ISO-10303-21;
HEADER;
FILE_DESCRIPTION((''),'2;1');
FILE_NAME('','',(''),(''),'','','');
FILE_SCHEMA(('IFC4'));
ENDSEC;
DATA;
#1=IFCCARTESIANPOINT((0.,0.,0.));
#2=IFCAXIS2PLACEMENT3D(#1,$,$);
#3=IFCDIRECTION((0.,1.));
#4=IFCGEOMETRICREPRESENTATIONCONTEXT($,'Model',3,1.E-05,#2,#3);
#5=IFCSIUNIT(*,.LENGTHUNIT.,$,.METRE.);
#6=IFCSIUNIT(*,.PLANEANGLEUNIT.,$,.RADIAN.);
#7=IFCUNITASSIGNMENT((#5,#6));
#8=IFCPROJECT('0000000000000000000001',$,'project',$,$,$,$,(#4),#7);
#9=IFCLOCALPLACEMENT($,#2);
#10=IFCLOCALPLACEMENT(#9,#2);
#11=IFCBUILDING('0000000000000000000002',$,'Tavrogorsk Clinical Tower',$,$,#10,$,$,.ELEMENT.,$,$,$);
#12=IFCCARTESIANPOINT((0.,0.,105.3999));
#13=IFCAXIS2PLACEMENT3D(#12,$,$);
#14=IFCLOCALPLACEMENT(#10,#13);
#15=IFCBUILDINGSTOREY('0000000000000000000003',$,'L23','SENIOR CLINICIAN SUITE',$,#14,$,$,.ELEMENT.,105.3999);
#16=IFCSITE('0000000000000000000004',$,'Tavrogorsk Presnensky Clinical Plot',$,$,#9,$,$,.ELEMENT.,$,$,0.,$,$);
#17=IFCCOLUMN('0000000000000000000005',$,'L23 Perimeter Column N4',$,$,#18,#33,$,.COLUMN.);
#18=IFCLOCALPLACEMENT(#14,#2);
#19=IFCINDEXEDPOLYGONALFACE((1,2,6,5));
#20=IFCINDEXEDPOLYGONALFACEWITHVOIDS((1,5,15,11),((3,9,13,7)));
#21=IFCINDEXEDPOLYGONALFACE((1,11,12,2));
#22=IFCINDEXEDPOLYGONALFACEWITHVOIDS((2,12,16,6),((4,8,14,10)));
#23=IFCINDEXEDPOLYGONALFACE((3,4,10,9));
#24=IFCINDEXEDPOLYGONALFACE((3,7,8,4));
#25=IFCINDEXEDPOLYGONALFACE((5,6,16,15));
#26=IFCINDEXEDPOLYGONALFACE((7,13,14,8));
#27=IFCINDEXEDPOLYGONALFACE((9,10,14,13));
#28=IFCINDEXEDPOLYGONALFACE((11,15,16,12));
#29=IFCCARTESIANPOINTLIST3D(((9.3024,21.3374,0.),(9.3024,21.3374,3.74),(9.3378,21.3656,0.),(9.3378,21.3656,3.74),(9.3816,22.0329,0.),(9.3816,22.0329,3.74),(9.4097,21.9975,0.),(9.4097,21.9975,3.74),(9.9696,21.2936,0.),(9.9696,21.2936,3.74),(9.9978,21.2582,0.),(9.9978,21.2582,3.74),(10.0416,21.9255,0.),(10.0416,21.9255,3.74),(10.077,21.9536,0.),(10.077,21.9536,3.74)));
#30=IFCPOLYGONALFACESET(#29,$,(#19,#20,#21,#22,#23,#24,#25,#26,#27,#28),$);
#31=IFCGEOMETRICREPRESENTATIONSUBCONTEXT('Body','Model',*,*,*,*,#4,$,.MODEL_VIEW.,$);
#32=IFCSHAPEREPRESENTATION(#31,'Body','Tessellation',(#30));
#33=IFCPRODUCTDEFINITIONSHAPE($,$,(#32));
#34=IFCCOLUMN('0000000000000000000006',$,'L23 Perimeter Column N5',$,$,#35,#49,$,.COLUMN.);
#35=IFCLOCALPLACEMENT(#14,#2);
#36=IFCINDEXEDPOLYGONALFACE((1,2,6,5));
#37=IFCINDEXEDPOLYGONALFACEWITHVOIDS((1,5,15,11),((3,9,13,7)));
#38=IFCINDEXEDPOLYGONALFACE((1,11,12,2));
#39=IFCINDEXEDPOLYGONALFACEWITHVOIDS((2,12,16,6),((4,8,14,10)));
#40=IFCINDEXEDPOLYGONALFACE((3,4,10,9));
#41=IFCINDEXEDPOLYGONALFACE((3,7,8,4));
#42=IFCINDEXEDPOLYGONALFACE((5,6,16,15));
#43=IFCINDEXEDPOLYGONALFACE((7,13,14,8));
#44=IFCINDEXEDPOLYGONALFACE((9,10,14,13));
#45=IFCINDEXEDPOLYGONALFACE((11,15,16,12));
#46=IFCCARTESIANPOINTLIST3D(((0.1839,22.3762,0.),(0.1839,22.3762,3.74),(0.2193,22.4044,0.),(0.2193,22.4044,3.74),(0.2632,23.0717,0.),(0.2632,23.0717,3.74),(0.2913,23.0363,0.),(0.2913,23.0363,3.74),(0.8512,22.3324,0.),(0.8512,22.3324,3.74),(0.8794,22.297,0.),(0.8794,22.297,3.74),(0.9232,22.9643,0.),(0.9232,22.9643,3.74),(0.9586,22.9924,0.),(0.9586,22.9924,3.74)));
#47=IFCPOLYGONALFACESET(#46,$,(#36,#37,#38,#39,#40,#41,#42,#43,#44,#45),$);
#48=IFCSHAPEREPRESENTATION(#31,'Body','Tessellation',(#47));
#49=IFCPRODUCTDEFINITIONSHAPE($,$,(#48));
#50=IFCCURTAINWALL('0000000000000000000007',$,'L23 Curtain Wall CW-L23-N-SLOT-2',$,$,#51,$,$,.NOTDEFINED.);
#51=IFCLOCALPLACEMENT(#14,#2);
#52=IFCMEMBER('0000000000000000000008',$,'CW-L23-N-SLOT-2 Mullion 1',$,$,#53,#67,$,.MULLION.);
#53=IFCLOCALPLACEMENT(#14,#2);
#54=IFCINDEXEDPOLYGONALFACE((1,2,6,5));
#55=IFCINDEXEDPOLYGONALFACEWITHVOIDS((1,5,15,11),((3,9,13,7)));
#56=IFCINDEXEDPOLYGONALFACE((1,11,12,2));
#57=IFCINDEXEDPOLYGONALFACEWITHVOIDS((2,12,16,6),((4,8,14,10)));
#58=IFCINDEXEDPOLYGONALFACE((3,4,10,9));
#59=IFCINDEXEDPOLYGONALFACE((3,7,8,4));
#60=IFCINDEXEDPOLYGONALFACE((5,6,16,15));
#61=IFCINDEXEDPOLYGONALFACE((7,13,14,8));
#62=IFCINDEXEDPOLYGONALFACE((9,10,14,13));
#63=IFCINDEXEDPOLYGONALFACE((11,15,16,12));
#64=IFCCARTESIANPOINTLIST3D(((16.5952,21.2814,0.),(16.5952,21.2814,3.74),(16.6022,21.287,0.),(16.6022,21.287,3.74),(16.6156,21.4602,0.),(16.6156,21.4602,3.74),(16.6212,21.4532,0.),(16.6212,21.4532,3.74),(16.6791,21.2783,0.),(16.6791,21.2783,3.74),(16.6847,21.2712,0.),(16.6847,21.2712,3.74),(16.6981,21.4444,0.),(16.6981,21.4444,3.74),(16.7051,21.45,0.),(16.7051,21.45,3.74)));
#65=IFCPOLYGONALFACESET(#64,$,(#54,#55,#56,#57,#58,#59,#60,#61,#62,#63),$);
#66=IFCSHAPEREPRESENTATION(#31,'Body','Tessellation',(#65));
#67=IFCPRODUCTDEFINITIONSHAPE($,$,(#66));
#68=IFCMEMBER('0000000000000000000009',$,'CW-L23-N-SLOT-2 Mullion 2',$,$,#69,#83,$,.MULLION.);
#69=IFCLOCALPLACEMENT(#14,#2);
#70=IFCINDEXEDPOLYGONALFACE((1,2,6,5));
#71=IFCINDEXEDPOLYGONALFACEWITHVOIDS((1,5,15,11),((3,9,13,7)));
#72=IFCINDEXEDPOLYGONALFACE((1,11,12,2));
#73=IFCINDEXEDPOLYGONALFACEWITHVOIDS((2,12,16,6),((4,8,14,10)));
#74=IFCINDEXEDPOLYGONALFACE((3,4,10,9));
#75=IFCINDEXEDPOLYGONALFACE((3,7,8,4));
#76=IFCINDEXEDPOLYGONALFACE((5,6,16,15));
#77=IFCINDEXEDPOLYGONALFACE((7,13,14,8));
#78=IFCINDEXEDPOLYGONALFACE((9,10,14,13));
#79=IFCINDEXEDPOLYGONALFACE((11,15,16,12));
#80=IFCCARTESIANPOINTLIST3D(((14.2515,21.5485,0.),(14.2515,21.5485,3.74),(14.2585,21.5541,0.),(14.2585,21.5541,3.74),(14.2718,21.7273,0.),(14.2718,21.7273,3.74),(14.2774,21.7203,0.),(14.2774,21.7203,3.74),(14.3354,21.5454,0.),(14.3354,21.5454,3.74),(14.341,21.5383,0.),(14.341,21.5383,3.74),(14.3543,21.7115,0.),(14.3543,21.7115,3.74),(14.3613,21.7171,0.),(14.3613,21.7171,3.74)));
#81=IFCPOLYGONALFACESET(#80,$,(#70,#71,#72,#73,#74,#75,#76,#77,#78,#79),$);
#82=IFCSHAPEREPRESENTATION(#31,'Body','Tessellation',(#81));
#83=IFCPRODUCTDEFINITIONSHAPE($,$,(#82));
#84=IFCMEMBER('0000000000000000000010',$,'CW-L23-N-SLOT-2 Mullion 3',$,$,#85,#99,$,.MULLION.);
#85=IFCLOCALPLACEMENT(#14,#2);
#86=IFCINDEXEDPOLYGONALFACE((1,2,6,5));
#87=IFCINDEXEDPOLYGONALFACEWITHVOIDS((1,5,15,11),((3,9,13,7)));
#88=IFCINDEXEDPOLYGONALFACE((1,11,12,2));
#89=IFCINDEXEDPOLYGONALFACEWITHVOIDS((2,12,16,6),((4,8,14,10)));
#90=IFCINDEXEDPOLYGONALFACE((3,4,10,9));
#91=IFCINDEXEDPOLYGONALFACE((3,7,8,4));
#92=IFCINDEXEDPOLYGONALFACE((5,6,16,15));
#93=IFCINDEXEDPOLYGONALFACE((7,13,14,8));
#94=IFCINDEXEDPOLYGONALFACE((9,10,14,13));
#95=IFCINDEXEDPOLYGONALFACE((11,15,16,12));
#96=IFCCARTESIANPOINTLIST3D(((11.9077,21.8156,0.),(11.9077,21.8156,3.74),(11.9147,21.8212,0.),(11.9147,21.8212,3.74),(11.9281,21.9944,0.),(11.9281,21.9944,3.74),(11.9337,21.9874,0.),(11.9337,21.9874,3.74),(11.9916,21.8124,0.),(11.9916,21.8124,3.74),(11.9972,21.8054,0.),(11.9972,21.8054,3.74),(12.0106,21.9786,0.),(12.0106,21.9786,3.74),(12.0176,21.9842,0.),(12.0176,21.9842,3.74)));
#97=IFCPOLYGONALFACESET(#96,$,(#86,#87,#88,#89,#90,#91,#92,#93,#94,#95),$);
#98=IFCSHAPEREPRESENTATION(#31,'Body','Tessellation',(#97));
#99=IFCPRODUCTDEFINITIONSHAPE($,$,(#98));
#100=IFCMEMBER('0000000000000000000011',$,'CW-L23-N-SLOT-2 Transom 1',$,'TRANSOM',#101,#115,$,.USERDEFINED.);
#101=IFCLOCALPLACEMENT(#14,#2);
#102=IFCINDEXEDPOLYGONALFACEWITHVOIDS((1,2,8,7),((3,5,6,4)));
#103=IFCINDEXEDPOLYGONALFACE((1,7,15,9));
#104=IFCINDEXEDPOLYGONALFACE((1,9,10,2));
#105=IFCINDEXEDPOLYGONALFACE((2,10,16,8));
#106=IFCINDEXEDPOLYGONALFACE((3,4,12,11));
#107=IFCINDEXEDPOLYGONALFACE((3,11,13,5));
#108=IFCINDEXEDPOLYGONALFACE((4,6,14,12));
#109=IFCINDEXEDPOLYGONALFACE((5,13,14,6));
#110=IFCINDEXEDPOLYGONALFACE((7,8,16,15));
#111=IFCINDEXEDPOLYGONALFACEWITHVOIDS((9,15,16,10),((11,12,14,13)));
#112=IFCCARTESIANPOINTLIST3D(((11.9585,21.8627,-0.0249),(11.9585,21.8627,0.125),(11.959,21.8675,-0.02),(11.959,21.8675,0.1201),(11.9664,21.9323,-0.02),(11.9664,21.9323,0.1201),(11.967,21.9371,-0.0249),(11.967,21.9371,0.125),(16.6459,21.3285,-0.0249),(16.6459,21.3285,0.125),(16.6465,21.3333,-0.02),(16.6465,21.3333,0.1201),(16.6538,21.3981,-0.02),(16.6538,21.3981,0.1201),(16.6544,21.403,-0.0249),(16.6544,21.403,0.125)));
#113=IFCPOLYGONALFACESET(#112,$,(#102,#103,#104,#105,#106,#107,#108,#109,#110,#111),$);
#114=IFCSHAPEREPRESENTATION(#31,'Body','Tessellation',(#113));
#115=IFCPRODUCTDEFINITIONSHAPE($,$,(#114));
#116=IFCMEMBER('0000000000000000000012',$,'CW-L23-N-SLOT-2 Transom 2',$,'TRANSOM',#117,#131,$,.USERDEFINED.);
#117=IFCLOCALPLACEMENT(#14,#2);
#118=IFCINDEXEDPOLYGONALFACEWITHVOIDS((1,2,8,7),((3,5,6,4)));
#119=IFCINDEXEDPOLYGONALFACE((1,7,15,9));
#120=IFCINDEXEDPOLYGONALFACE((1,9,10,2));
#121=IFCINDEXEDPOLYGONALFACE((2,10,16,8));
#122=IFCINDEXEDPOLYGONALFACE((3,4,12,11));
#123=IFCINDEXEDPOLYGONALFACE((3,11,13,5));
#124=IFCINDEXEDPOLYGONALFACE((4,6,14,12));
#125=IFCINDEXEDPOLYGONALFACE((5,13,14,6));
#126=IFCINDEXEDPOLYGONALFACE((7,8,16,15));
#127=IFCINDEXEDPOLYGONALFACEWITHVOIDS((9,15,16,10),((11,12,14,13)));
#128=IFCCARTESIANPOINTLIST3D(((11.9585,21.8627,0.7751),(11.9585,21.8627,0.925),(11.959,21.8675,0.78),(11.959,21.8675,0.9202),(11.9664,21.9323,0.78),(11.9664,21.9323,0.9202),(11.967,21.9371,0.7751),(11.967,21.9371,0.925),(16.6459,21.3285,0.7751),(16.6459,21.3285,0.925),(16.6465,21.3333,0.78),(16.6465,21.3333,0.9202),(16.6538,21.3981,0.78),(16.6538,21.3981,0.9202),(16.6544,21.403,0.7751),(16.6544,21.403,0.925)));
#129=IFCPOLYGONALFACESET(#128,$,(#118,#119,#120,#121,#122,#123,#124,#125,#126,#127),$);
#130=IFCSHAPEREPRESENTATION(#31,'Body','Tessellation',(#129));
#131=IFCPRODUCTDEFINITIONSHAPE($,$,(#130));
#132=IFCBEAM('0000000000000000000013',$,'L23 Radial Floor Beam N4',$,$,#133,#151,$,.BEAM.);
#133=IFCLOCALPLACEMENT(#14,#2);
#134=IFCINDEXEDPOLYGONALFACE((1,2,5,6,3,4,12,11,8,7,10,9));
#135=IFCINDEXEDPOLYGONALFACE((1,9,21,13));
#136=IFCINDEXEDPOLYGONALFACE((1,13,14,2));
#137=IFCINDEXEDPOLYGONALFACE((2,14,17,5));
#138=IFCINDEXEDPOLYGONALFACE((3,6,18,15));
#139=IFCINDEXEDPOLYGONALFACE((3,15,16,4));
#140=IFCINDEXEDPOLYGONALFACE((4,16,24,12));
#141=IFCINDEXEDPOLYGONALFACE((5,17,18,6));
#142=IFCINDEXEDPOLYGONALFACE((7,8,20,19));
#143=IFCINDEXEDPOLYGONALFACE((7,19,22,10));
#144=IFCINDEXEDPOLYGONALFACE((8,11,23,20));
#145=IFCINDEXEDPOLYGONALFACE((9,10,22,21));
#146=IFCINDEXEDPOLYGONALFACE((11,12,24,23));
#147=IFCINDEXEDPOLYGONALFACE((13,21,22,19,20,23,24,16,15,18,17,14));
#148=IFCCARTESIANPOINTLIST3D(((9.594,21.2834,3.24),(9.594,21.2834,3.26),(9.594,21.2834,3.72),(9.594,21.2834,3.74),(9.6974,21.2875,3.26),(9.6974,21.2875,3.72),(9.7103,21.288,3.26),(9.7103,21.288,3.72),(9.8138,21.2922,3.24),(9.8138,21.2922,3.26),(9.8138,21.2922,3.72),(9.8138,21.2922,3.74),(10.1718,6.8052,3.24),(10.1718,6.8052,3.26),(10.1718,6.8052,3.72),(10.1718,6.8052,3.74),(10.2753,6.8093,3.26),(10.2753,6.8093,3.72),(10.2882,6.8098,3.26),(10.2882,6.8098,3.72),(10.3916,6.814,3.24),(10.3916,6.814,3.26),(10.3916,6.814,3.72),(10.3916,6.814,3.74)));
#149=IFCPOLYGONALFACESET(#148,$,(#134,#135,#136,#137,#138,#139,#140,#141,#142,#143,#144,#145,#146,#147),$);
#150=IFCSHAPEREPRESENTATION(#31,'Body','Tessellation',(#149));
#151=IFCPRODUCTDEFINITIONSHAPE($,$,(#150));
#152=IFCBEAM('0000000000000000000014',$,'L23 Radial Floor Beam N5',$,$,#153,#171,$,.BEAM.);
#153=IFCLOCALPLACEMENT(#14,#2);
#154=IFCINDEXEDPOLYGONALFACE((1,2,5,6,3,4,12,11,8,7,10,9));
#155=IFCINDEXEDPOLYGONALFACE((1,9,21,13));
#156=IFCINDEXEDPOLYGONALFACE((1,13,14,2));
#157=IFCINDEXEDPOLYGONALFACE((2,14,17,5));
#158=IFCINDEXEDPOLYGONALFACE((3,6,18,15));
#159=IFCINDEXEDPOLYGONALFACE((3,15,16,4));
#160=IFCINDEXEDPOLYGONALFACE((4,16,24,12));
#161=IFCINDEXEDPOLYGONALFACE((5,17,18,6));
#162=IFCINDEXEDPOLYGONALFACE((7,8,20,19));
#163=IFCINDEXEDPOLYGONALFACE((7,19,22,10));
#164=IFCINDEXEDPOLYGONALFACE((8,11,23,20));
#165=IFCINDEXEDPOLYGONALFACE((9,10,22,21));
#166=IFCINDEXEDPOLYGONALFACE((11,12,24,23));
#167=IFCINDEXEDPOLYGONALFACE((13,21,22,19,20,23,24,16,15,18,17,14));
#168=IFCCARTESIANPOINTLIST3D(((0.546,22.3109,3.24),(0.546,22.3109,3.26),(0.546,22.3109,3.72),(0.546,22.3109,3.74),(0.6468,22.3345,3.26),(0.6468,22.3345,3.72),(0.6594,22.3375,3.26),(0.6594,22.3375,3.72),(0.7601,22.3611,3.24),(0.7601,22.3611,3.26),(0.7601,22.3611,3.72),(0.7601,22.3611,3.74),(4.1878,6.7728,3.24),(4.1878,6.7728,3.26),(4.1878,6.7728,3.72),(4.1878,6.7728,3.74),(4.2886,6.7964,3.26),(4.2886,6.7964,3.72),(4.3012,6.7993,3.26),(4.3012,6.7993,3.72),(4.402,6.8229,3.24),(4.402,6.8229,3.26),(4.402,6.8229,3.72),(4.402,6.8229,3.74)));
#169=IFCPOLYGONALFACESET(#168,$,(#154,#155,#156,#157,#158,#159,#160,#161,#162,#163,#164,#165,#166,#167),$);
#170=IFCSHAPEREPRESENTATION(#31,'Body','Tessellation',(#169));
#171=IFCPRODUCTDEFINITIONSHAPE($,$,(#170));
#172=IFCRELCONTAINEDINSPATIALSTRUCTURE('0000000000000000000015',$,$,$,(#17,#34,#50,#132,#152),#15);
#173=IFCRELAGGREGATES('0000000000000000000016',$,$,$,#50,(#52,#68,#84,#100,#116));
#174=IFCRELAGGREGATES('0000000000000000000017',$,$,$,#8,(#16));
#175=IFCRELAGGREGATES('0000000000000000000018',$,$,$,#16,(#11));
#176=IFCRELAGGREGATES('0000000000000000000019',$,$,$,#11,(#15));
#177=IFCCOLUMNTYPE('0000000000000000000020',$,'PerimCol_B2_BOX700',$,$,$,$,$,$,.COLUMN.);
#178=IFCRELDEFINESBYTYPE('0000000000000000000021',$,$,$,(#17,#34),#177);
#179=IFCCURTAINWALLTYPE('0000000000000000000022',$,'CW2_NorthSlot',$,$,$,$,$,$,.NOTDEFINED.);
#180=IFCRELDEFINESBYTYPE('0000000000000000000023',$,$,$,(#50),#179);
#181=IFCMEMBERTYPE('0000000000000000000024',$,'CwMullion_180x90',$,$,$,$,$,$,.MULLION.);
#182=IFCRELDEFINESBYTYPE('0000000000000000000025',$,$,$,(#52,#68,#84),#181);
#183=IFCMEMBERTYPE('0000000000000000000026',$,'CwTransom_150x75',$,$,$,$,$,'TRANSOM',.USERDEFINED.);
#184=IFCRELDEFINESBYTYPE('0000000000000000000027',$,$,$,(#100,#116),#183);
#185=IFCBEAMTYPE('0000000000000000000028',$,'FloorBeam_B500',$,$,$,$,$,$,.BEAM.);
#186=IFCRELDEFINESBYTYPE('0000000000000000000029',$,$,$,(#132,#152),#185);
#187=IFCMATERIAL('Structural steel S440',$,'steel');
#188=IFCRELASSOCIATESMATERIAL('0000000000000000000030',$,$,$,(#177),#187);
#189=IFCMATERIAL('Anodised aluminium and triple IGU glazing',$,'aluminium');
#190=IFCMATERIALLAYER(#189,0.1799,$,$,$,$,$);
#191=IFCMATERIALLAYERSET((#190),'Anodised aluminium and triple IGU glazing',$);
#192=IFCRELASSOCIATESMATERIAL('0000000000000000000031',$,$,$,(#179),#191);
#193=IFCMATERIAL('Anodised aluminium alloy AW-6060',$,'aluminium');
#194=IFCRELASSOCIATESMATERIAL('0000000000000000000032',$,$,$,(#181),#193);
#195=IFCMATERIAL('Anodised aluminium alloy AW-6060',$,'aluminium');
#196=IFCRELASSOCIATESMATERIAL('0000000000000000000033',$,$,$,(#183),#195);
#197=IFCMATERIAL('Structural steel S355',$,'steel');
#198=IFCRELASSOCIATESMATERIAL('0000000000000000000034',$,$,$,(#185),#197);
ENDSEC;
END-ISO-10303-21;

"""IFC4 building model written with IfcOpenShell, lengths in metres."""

from ifc_helpers import new_model, si_unit, direction, frame, origin, origin_2d, place, context, subcontext, project, spatial, hollow_rectangle, i_section, extrude, material, layer, layer_set, material_profile, profile_set, type_object, element, aggregate, save


model = new_model("IFC4")

# Units and contexts
model_context = context("Model", 3, precision=1e-05, world=origin(), true_north=direction((0.0, 1.0)))
body_context = subcontext(model_context, "Body", "Model", "MODEL_VIEW")
ifc_project = project(units=[si_unit("LENGTHUNIT", "METRE"), si_unit("PLANEANGLEUNIT", "RADIAN")], contexts=[model_context])

# Site, building, storey
site_placement = place(None, origin())
site = spatial("IfcSite", under=ifc_project, at=site_placement, Name="Tavrogorsk Presnensky Clinical Plot", CompositionType="ELEMENT", RefElevation=0.0)
building_placement = place(site_placement, origin())
building = spatial("IfcBuilding", under=site, at=building_placement, Name="Tavrogorsk Clinical Tower", CompositionType="ELEMENT")
storey_placement = place(building_placement, frame((0.0, 0.0, 105.3999)))
storey = spatial("IfcBuildingStorey", under=building, at=storey_placement, Name="L23", Description="SENIOR CLINICIAN SUITE", CompositionType="ELEMENT", Elevation=105.3999)

# Columns
ifc_material_1 = material(Name="Structural steel S440", Category="steel")
ifc_material_profile_1 = material_profile(ifc_material_1, hollow_rectangle(XDim=0.7, YDim=0.7, WallThickness=0.032, at=origin_2d()), Name="BOX-700x700x32")
ifc_profile_set_1 = profile_set([ifc_material_profile_1], Name="Structural steel S440")
column_type = type_object("IfcColumnType", Name="PerimCol_B2_BOX700", PredefinedType="COLUMN", material=ifc_profile_set_1)
for number, where, z_axis, x_axis, name in (
    (1, (9.6897, 21.6455, 0.0), (0.0, 0.0, 1.0), (0.993572, -0.113203, 0.0), "L23 Perimeter Column N4"),
    (2, (0.5713, 22.6843, 0.0), (0.0, 0.0, 1.0), (0.993572, -0.113203, 0.0), "L23 Perimeter Column N5"),
):
    element("IfcColumn", number, at=place(storey_placement, frame(where, z_axis=z_axis, x_axis=x_axis)), inside=storey, type_object=column_type, Name=name, PredefinedType="COLUMN", context=body_context, shape_type="SweptSolid", body=[
        extrude(hollow_rectangle(XDim=0.7, YDim=0.7, WallThickness=0.032, at=origin_2d()), origin(), (0.0, 0.0, 1.0), 3.74),
    ])

# Curtain wall, members
ifc_material_2 = material(Name="Anodised aluminium and triple IGU glazing", Category="aluminium")
ifc_layer_1 = layer(ifc_material_2, 0.1799)
ifc_layer_set_1 = layer_set([ifc_layer_1], Name="Anodised aluminium and triple IGU glazing")
curtain_wall_type = type_object("IfcCurtainWallType", Name="CW2_NorthSlot", PredefinedType="NOTDEFINED", material=ifc_layer_set_1)
curtain_wall_placement = place(storey_placement, origin())
curtain_wall = element("IfcCurtainWall", 3, at=curtain_wall_placement, inside=storey, type_object=curtain_wall_type, Name="L23 Curtain Wall CW-L23-N-SLOT-2", PredefinedType="NOTDEFINED")
ifc_material_3 = material(Name="Anodised aluminium alloy AW-6060", Category="aluminium")
ifc_material_profile_2 = material_profile(ifc_material_3, hollow_rectangle(XDim=0.0901, YDim=0.1799, WallThickness=0.0063, at=origin_2d()), Name="RHS-180x90x6.3")
ifc_profile_set_2 = profile_set([ifc_material_profile_2], Name="Anodised aluminium alloy AW-6060")
member_type_1 = type_object("IfcMemberType", Name="CwMullion_180x90", PredefinedType="MULLION", material=ifc_profile_set_2)
member_1_placement = place(storey_placement, frame((16.6501, 21.3657, 0.0), z_axis=(0.0, 0.0, 1.0), x_axis=(-0.993572, 0.113203, 0.0)))
member_1 = element("IfcMember", 4, at=member_1_placement, type_object=member_type_1, Name="CW-L23-N-SLOT-2 Mullion 1", PredefinedType="MULLION", context=body_context, shape_type="SweptSolid", body=[
    extrude(hollow_rectangle(XDim=0.0901, YDim=0.1799, WallThickness=0.0063, at=origin_2d()), origin(), (0.0, 0.0, 1.0), 3.74),
])
member_2_placement = place(storey_placement, frame((14.3064, 21.6328, 0.0), z_axis=(0.0, 0.0, 1.0), x_axis=(-0.993572, 0.113203, 0.0)))
member_2 = element("IfcMember", 5, at=member_2_placement, type_object=member_type_1, Name="CW-L23-N-SLOT-2 Mullion 2", PredefinedType="MULLION", context=body_context, shape_type="SweptSolid", body=[
    extrude(hollow_rectangle(XDim=0.0901, YDim=0.1799, WallThickness=0.0063, at=origin_2d()), origin(), (0.0, 0.0, 1.0), 3.74),
])
member_3_placement = place(storey_placement, frame((11.9626, 21.8999, 0.0), z_axis=(0.0, 0.0, 1.0), x_axis=(-0.993572, 0.113203, 0.0)))
member_3 = element("IfcMember", 6, at=member_3_placement, type_object=member_type_1, Name="CW-L23-N-SLOT-2 Mullion 3", PredefinedType="MULLION", context=body_context, shape_type="SweptSolid", body=[
    extrude(hollow_rectangle(XDim=0.0901, YDim=0.1799, WallThickness=0.0063, at=origin_2d()), origin(), (0.0, 0.0, 1.0), 3.74),
])
ifc_material_4 = material(Name="Anodised aluminium alloy AW-6060", Category="aluminium")
ifc_material_profile_3 = material_profile(ifc_material_4, hollow_rectangle(XDim=0.075, YDim=0.1499, WallThickness=0.0049, at=origin_2d()), Name="RHS-150x75x5")
ifc_profile_set_3 = profile_set([ifc_material_profile_3], Name="Anodised aluminium alloy AW-6060")
member_type_2 = type_object("IfcMemberType", Name="CwTransom_150x75", ElementType="TRANSOM", PredefinedType="USERDEFINED", material=ifc_profile_set_3)
member_4_placement = place(storey_placement, frame((16.6501, 21.3657, 0.05), z_axis=(-0.993569, 0.113226, 0.0), x_axis=(-0.113226, -0.993569, 0.0)))
member_4 = element("IfcMember", 7, at=member_4_placement, type_object=member_type_2, Name="CW-L23-N-SLOT-2 Transom 1", ObjectType="TRANSOM", PredefinedType="USERDEFINED", context=body_context, shape_type="SweptSolid", body=[
    extrude(hollow_rectangle(XDim=0.075, YDim=0.1499, WallThickness=0.0049, at=origin_2d()), origin(), (0.0, 0.0, 1.0), 4.7178),
])
member_5_placement = place(storey_placement, frame((16.6501, 21.3657, 0.8501), z_axis=(-0.993569, 0.113226, 0.0), x_axis=(-0.113226, -0.993569, 0.0)))
member_5 = element("IfcMember", 8, at=member_5_placement, type_object=member_type_2, Name="CW-L23-N-SLOT-2 Transom 2", ObjectType="TRANSOM", PredefinedType="USERDEFINED", context=body_context, shape_type="SweptSolid", body=[
    extrude(hollow_rectangle(XDim=0.075, YDim=0.1499, WallThickness=0.0049, at=origin_2d()), origin(), (0.0, 0.0, 1.0), 4.7178),
])

# Beams
ifc_material_5 = material(Name="Structural steel S355", Category="steel")
ifc_material_profile_4 = material_profile(ifc_material_5, i_section(OverallWidth=0.22, OverallDepth=0.5, WebThickness=0.0129, FlangeThickness=0.02, at=origin_2d()), Name="B-500x220x13x20")
ifc_profile_set_4 = profile_set([ifc_material_profile_4], Name="Structural steel S355")
beam_type_1 = type_object("IfcBeamType", Name="FloorBeam_B500", PredefinedType="BEAM", material=ifc_profile_set_4)
beam_1_placement = place(storey_placement, frame((10.2817, 6.8096, 3.49), z_axis=(-0.039882, 0.999204, 0.0), x_axis=(-0.999204, -0.039882, 0.0)))
element("IfcBeam", 9, at=beam_1_placement, inside=storey, type_object=beam_type_1, Name="L23 Radial Floor Beam N4", PredefinedType="BEAM", context=body_context, shape_type="SweptSolid", body=[
    extrude(i_section(OverallWidth=0.22, OverallDepth=0.5, WebThickness=0.0129, FlangeThickness=0.02, at=origin_2d()), origin(), (0.0, 0.0, 1.0), 14.4897),
])
beam_2_placement = place(storey_placement, frame((4.2949, 6.7979, 3.49), z_axis=(-0.228198, 0.973615, 0.0), x_axis=(-0.973615, -0.228198, 0.0)))
element("IfcBeam", 10, at=beam_2_placement, inside=storey, type_object=beam_type_1, Name="L23 Radial Floor Beam N5", PredefinedType="BEAM", context=body_context, shape_type="SweptSolid", body=[
    extrude(i_section(OverallWidth=0.22, OverallDepth=0.5, WebThickness=0.0129, FlangeThickness=0.02, at=origin_2d()), origin(), (0.0, 0.0, 1.0), 15.9592),
])

aggregate(curtain_wall, [member_1, member_2, member_3, member_4, member_5])

save(model, "model.ifc")
